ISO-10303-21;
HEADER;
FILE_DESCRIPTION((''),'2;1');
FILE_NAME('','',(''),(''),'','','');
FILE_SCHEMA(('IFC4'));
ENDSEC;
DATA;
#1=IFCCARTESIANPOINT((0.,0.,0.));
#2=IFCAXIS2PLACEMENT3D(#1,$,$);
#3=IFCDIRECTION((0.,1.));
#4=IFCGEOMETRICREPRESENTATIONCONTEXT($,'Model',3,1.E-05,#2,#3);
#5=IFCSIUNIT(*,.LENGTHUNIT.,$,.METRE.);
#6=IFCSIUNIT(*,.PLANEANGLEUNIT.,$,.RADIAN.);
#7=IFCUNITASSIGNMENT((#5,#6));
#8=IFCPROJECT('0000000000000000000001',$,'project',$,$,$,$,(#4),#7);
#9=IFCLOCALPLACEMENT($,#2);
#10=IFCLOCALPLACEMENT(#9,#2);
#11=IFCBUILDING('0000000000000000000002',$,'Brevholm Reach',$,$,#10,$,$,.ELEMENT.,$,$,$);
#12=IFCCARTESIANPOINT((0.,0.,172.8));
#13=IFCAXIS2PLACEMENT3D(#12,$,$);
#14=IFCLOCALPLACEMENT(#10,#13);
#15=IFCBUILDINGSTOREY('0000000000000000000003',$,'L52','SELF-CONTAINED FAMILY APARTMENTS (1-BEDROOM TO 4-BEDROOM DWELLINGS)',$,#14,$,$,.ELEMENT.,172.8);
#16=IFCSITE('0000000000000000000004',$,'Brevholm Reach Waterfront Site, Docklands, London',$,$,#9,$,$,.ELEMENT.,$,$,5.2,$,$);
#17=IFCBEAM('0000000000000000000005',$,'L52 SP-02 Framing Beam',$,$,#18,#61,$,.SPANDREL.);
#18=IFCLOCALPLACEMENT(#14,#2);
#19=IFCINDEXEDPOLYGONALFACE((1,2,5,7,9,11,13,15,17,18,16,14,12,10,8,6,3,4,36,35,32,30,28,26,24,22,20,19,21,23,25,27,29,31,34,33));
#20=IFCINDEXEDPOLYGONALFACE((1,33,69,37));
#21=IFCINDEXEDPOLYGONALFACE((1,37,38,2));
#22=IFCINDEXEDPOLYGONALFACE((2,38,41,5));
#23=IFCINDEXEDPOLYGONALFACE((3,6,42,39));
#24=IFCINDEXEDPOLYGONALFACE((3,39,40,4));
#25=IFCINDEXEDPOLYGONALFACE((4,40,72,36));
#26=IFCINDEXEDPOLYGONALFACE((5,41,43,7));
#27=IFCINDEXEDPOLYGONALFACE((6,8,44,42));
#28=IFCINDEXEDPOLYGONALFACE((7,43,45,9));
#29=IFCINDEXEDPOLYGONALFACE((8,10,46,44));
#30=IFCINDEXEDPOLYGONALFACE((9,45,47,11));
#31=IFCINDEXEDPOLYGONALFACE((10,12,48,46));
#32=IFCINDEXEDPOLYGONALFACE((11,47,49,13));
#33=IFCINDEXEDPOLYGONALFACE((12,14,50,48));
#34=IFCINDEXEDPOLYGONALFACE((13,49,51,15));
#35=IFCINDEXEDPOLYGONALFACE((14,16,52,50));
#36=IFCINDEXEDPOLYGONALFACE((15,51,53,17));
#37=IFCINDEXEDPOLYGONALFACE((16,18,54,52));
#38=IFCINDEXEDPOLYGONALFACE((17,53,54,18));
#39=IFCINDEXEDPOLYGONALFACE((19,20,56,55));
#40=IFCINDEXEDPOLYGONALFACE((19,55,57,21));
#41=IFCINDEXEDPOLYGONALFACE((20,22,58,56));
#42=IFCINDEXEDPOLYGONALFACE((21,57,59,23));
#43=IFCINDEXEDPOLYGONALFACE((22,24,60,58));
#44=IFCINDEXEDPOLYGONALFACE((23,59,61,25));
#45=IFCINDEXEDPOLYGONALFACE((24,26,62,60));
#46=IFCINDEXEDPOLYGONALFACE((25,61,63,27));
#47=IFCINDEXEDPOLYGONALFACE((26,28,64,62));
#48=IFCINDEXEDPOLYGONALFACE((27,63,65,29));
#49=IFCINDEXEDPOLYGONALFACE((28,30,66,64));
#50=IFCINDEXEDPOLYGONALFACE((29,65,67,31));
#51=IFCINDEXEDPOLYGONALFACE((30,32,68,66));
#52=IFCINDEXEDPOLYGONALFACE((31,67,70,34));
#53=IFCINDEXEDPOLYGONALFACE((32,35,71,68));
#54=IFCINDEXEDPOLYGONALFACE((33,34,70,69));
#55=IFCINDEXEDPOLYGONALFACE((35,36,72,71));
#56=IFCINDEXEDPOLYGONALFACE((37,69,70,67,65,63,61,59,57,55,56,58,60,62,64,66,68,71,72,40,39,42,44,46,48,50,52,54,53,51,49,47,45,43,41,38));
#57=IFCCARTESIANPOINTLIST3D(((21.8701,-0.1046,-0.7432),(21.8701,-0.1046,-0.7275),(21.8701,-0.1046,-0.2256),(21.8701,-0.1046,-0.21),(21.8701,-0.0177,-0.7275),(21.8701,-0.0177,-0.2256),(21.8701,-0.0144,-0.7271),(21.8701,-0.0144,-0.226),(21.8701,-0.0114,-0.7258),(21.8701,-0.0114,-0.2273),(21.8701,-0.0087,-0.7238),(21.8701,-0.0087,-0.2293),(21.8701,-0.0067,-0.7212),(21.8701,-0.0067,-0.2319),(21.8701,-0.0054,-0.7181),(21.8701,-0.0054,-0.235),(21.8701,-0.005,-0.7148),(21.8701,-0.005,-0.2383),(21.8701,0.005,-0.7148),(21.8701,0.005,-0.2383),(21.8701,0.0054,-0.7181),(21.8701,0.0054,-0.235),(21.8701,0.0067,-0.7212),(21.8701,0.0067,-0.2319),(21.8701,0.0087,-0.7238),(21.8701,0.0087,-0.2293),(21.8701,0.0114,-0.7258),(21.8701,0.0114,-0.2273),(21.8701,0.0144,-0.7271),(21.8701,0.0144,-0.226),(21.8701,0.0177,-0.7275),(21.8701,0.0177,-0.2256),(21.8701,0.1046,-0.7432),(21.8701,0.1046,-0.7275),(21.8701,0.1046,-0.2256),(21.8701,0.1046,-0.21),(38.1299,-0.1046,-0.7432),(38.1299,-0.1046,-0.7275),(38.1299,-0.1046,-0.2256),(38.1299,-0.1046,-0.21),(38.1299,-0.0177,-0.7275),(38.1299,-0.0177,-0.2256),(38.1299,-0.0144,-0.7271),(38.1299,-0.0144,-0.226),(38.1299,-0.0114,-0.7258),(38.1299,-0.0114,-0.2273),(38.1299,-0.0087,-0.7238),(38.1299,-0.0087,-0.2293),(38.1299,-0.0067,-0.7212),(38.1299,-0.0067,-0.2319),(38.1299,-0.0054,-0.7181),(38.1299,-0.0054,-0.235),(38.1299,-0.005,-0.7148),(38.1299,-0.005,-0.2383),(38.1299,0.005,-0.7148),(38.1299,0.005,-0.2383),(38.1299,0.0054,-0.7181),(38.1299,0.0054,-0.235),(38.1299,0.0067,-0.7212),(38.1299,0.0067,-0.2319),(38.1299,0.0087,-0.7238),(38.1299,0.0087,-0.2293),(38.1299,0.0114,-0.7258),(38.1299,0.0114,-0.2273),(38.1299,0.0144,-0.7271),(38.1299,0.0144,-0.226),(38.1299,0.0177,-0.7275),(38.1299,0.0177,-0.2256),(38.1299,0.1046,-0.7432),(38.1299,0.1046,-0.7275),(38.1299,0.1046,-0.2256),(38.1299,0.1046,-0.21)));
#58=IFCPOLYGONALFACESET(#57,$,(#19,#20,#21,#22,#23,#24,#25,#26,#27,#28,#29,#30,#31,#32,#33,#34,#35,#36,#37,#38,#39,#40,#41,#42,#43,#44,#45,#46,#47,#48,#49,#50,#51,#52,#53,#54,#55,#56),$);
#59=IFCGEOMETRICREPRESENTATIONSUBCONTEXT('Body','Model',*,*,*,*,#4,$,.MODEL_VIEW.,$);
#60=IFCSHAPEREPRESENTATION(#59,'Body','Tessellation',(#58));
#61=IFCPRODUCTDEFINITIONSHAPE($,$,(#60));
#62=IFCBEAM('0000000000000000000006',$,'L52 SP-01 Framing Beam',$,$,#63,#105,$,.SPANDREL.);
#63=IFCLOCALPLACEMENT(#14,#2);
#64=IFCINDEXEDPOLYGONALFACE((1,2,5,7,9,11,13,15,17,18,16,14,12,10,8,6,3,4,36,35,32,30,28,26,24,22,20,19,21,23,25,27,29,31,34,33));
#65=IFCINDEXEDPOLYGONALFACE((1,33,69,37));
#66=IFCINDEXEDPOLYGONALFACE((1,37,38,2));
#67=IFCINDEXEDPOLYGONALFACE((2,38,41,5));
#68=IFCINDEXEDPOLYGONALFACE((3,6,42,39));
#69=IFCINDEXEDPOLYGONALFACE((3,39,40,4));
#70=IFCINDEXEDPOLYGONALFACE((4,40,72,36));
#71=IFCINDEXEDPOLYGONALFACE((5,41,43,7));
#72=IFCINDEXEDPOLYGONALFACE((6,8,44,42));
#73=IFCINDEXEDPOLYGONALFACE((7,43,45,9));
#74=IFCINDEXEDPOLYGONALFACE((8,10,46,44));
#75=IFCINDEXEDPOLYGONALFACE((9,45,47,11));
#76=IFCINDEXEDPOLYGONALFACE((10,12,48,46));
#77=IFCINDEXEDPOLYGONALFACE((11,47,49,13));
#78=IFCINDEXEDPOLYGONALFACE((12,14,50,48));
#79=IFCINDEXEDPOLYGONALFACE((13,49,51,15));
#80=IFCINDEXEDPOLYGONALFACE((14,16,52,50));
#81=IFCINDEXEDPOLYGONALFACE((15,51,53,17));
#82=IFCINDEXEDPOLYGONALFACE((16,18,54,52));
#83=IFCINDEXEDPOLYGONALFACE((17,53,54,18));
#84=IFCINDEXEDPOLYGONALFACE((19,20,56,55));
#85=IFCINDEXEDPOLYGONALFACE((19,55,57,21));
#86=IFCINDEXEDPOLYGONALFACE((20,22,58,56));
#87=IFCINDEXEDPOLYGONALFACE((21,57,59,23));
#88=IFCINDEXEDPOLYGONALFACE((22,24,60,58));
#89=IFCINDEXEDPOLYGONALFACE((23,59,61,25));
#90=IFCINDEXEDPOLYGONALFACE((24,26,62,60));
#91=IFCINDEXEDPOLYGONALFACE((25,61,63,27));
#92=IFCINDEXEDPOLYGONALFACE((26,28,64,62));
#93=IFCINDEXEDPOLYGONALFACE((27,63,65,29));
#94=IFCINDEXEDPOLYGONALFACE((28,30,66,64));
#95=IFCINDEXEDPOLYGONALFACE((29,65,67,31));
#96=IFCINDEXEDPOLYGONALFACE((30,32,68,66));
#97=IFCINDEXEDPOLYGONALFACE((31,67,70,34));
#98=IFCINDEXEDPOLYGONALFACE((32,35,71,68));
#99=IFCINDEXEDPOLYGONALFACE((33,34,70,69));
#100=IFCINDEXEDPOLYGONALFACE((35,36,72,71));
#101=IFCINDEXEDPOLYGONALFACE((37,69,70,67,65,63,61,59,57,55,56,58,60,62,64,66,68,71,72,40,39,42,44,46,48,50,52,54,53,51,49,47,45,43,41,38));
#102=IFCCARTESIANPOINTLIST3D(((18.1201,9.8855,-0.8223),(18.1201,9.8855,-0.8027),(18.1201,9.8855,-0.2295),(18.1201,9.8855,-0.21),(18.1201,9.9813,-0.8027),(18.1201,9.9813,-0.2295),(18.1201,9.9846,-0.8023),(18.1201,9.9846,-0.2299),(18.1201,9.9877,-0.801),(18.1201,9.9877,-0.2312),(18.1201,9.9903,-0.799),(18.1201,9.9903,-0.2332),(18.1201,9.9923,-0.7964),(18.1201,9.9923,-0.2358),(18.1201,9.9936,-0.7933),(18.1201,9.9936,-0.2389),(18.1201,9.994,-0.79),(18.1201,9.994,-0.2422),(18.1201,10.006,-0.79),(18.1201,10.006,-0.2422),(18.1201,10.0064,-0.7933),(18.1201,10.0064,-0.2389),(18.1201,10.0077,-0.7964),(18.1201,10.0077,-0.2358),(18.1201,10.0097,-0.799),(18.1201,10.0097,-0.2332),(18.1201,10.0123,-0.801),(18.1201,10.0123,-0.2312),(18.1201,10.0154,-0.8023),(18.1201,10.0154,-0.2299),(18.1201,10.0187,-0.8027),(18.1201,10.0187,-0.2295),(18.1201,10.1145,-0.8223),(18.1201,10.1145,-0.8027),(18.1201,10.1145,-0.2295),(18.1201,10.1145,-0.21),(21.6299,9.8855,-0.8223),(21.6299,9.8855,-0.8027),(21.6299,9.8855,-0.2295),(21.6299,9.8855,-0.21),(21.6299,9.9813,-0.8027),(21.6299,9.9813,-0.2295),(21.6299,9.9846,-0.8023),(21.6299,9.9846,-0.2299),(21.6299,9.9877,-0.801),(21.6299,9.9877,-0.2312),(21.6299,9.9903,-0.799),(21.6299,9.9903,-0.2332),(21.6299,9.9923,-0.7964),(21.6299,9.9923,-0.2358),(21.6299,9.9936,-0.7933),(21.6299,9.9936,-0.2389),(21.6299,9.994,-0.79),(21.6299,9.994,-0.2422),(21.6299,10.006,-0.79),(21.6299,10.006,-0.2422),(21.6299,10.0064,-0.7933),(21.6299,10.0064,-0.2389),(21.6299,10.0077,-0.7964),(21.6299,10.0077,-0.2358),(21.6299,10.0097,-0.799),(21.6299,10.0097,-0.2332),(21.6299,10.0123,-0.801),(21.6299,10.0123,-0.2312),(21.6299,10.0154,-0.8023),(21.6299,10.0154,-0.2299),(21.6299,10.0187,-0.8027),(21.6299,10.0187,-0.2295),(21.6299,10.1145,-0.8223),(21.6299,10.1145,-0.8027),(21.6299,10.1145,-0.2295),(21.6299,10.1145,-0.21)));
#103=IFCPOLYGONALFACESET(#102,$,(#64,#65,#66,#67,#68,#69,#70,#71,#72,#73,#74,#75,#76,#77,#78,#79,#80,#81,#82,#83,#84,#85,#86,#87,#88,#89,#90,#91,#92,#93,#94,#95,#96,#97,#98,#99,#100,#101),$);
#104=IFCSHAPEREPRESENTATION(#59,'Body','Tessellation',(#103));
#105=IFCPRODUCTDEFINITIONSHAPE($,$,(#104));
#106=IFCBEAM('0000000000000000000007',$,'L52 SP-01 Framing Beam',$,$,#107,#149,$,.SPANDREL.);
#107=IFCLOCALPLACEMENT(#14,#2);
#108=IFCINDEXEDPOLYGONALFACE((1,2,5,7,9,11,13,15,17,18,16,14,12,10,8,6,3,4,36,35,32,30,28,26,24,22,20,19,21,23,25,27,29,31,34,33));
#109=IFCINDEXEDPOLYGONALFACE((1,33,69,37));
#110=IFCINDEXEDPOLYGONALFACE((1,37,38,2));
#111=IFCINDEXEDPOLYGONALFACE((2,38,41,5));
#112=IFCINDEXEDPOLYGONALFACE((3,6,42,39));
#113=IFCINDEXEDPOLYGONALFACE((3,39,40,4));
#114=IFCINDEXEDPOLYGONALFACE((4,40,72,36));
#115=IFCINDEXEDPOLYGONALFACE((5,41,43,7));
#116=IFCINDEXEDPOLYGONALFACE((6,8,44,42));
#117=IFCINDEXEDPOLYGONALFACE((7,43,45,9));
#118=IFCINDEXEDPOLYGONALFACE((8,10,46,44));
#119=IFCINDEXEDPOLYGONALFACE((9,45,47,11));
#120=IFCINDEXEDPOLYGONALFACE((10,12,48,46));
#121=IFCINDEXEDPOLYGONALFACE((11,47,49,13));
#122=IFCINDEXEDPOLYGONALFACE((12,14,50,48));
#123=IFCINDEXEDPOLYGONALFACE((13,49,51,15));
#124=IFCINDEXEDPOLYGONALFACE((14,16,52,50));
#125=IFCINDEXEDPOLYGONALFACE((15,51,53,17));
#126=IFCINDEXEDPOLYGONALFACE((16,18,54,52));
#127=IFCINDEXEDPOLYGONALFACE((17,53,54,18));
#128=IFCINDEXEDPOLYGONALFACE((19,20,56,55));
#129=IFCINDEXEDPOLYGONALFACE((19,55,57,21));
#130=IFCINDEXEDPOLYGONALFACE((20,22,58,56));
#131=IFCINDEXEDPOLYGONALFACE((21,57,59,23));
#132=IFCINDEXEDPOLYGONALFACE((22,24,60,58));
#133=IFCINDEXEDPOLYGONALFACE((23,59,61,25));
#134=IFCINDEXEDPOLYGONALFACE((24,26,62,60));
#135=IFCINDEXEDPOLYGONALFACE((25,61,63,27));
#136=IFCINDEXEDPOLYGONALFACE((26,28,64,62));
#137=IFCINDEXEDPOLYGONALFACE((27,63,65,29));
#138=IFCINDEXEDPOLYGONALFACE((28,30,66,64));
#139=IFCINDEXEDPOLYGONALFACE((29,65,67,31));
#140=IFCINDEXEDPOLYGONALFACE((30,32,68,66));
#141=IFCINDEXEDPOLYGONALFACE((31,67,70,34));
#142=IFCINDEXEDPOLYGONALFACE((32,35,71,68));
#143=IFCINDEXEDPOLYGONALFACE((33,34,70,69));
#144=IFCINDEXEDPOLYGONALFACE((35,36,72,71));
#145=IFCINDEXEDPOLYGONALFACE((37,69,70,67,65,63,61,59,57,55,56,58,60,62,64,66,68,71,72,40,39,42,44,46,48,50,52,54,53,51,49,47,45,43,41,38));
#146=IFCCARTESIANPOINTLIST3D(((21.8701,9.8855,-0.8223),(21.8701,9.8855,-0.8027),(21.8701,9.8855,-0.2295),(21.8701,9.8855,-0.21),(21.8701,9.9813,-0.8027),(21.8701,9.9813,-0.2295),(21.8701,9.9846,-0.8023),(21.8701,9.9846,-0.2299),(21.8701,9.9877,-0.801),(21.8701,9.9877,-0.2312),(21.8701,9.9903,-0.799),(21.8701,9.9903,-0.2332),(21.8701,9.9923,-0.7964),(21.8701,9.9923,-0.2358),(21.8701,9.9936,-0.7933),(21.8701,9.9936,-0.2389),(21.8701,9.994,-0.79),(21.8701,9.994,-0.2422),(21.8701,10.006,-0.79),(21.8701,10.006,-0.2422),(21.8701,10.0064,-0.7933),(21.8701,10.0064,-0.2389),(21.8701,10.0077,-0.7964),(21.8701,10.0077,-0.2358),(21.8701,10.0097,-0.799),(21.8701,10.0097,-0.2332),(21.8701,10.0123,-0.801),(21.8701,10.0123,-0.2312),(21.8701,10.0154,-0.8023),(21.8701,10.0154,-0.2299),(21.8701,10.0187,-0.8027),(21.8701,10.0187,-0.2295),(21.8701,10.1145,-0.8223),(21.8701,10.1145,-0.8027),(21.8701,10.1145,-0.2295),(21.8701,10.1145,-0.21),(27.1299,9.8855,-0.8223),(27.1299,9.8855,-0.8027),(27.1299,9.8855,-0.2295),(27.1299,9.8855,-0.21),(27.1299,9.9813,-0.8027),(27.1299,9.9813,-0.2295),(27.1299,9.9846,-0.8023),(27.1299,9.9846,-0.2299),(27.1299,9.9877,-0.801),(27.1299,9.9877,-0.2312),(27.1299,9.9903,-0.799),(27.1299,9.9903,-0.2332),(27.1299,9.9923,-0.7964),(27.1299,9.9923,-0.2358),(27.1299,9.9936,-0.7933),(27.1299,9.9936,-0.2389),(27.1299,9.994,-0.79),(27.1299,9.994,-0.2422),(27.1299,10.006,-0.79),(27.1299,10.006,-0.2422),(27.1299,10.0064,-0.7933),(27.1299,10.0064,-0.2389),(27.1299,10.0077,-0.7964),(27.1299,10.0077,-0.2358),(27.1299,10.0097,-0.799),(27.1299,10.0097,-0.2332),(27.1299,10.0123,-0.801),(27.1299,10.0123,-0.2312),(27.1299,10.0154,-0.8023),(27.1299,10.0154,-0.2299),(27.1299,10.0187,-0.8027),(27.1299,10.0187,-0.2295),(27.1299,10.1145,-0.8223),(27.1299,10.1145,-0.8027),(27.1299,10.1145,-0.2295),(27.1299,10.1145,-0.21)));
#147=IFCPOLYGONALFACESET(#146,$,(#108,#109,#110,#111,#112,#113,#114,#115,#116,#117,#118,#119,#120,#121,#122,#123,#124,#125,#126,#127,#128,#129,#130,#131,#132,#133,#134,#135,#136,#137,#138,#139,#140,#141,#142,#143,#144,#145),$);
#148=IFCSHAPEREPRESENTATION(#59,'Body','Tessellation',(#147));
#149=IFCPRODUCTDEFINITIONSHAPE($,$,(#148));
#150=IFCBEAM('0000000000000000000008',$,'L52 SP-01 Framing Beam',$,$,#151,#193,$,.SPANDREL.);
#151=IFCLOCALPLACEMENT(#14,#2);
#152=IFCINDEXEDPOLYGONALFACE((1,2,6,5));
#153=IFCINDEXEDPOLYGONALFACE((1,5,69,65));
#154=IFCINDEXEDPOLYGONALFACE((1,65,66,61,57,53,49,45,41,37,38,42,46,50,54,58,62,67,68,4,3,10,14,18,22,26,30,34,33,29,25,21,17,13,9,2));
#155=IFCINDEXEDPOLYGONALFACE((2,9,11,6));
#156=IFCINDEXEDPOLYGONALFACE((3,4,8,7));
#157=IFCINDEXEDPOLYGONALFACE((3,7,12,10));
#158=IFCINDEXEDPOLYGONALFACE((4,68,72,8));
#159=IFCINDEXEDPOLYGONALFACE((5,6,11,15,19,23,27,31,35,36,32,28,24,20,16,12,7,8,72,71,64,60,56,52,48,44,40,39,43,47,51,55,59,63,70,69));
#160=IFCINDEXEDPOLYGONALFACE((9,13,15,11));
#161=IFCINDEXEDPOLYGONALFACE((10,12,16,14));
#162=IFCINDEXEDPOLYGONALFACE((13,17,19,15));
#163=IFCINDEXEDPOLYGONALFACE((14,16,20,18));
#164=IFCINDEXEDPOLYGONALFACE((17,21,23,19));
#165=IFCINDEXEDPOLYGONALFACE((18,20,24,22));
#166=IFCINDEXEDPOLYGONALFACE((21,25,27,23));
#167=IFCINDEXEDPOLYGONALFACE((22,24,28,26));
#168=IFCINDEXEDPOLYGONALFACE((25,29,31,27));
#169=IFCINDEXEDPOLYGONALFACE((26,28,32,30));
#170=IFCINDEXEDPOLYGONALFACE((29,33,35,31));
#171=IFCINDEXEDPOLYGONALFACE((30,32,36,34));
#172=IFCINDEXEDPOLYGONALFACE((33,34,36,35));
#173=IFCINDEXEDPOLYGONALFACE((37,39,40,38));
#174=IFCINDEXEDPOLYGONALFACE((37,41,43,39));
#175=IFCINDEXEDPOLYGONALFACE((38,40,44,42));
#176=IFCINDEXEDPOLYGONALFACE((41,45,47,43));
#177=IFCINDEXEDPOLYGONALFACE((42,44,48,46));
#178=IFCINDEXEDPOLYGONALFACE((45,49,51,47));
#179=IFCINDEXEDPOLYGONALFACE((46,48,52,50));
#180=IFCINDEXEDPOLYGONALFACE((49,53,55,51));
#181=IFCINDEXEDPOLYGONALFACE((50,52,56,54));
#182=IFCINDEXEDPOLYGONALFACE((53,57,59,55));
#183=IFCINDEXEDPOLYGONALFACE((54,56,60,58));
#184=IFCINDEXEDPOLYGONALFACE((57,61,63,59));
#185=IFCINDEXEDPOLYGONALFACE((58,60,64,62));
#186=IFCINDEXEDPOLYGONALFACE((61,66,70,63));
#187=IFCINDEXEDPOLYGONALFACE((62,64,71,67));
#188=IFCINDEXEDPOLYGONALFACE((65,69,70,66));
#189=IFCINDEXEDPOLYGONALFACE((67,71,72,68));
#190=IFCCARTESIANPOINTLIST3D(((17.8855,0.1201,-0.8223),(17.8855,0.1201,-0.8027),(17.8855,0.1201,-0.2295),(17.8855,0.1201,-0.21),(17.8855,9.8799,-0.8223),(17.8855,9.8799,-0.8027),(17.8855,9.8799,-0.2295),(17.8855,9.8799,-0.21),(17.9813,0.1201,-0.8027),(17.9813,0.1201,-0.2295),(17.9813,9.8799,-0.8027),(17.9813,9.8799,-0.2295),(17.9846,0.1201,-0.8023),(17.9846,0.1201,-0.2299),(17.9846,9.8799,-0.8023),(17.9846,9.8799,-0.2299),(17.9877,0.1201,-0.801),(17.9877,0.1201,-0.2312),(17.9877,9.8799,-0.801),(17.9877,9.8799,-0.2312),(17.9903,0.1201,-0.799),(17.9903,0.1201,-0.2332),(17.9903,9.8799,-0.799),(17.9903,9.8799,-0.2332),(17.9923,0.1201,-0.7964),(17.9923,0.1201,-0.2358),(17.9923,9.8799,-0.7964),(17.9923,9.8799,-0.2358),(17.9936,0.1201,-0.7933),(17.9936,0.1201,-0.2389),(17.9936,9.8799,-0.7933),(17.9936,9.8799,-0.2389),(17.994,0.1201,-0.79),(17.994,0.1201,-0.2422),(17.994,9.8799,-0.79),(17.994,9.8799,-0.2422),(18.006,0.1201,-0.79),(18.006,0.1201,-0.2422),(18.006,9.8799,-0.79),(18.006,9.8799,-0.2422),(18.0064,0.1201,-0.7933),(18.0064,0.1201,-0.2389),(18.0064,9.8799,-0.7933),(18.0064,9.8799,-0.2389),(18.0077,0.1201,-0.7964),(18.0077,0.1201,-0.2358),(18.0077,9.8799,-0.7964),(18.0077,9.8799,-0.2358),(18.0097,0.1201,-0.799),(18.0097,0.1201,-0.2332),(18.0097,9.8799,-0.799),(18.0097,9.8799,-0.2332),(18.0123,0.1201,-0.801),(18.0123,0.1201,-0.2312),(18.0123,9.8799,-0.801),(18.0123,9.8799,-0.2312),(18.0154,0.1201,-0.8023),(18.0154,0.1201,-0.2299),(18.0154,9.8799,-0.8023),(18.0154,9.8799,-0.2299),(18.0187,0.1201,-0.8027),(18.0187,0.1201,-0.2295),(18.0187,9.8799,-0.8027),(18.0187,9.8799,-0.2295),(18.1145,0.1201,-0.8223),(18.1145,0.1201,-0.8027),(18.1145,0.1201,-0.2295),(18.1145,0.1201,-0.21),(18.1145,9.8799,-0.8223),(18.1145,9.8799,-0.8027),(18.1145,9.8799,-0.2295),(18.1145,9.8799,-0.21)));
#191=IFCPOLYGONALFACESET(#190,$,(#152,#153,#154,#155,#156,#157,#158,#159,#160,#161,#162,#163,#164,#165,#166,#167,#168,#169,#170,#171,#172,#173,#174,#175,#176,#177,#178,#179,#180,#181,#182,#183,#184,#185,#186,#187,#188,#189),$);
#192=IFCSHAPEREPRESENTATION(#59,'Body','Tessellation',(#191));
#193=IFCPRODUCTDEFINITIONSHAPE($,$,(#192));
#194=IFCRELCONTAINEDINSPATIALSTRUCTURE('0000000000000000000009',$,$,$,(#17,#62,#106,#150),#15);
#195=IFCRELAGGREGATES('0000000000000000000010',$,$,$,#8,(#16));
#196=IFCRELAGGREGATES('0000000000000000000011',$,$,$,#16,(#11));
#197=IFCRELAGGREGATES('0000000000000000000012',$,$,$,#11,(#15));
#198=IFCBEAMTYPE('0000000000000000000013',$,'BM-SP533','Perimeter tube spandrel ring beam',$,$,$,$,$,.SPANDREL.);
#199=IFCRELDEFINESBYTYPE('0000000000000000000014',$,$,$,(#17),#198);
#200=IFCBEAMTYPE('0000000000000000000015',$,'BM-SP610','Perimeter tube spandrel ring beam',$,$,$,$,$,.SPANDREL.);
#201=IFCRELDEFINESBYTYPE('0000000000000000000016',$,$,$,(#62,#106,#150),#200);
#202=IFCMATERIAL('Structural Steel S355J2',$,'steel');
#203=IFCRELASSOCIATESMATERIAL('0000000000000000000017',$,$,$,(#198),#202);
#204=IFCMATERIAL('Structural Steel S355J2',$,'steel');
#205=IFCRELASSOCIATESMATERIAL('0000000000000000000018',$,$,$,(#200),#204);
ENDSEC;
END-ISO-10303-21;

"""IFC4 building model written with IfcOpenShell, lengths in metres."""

from ifc_helpers import new_model, si_unit, direction, frame, origin, origin_2d, place, context, subcontext, project, spatial, i_section, extrude, material, material_profile, profile_set, type_object, element, save


model = new_model("IFC4")

# Units and contexts
model_context = context("Model", 3, precision=1e-05, world=origin(), true_north=direction((0.0, 1.0)))
body_context = subcontext(model_context, "Body", "Model", "MODEL_VIEW")
ifc_project = project(units=[si_unit("LENGTHUNIT", "METRE"), si_unit("PLANEANGLEUNIT", "RADIAN")], contexts=[model_context])

# Site, building, storey
site_placement = place(None, origin())
site = spatial("IfcSite", under=ifc_project, at=site_placement, Name="Brevholm Reach Waterfront Site, Docklands, London", CompositionType="ELEMENT", RefElevation=5.2)
building_placement = place(site_placement, origin())
building = spatial("IfcBuilding", under=site, at=building_placement, Name="Brevholm Reach", CompositionType="ELEMENT")
storey_placement = place(building_placement, frame((0.0, 0.0, 172.8)))
storey = spatial("IfcBuildingStorey", under=building, at=storey_placement, Name="L52", Description="SELF-CONTAINED FAMILY APARTMENTS (1-BEDROOM TO 4-BEDROOM DWELLINGS)", CompositionType="ELEMENT", Elevation=172.8)

# Beams
ifc_material_1 = material(Name="Structural Steel S355J2", Category="steel")
ifc_material_profile_1 = material_profile(ifc_material_1, i_section(OverallWidth=0.2092, OverallDepth=0.5332, WebThickness=0.01, FlangeThickness=0.0156, FilletRadius=0.0127, at=origin_2d()), Name="UKB 533x210x92")
ifc_profile_set_1 = profile_set([ifc_material_profile_1], Name="Structural Steel S355J2")
beam_type_1 = type_object("IfcBeamType", Name="BM-SP533", Description="Perimeter tube spandrel ring beam", PredefinedType="SPANDREL", material=ifc_profile_set_1)
beam_1_placement = place(storey_placement, frame((21.8701, 0.0, -0.4766), z_axis=(1.0, 0.0, 0.0), x_axis=(0.0, 1.0, 0.0)))
element("IfcBeam", 1, at=beam_1_placement, inside=storey, type_object=beam_type_1, Name="L52 SP-02 Framing Beam", PredefinedType="SPANDREL", context=body_context, shape_type="SweptSolid", body=[
    extrude(i_section(OverallWidth=0.2092, OverallDepth=0.5332, WebThickness=0.01, FlangeThickness=0.0156, FilletRadius=0.0127, at=origin_2d()), origin(), (0.0, 0.0, 1.0), 16.2598),
])
ifc_material_2 = material(Name="Structural Steel S355J2", Category="steel")
ifc_material_profile_2 = material_profile(ifc_material_2, i_section(OverallWidth=0.229, OverallDepth=0.6123, WebThickness=0.012, FlangeThickness=0.0195, FilletRadius=0.0127, at=origin_2d()), Name="UKB 610x229x125")
ifc_profile_set_2 = profile_set([ifc_material_profile_2], Name="Structural Steel S355J2")
beam_type_2 = type_object("IfcBeamType", Name="BM-SP610", Description="Perimeter tube spandrel ring beam", PredefinedType="SPANDREL", material=ifc_profile_set_2)
beam_2_placement = place(storey_placement, frame((18.1201, 10.0, -0.5161), z_axis=(1.0, 0.0, 0.0), x_axis=(0.0, 1.0, 0.0)))
element("IfcBeam", 2, at=beam_2_placement, inside=storey, type_object=beam_type_2, Name="L52 SP-01 Framing Beam", PredefinedType="SPANDREL", context=body_context, shape_type="SweptSolid", body=[
    extrude(i_section(OverallWidth=0.229, OverallDepth=0.6123, WebThickness=0.012, FlangeThickness=0.0195, FilletRadius=0.0127, at=origin_2d()), origin(), (0.0, 0.0, 1.0), 3.5098),
])
beam_3_placement = place(storey_placement, frame((21.8701, 10.0, -0.5161), z_axis=(1.0, 0.0, 0.0), x_axis=(0.0, 1.0, 0.0)))
element("IfcBeam", 3, at=beam_3_placement, inside=storey, type_object=beam_type_2, Name="L52 SP-01 Framing Beam", PredefinedType="SPANDREL", context=body_context, shape_type="SweptSolid", body=[
    extrude(i_section(OverallWidth=0.229, OverallDepth=0.6123, WebThickness=0.012, FlangeThickness=0.0195, FilletRadius=0.0127, at=origin_2d()), origin(), (0.0, 0.0, 1.0), 5.2598),
])
beam_4_placement = place(storey_placement, frame((18.0, 0.1201, -0.5161), z_axis=(0.0, 1.0, 0.0), x_axis=(-1.0, 0.0, 0.0)))
element("IfcBeam", 4, at=beam_4_placement, inside=storey, type_object=beam_type_2, Name="L52 SP-01 Framing Beam", PredefinedType="SPANDREL", context=body_context, shape_type="SweptSolid", body=[
    extrude(i_section(OverallWidth=0.229, OverallDepth=0.6123, WebThickness=0.012, FlangeThickness=0.0195, FilletRadius=0.0127, at=origin_2d()), origin(), (0.0, 0.0, 1.0), 9.7598),
])

save(model, "model.ifc")
